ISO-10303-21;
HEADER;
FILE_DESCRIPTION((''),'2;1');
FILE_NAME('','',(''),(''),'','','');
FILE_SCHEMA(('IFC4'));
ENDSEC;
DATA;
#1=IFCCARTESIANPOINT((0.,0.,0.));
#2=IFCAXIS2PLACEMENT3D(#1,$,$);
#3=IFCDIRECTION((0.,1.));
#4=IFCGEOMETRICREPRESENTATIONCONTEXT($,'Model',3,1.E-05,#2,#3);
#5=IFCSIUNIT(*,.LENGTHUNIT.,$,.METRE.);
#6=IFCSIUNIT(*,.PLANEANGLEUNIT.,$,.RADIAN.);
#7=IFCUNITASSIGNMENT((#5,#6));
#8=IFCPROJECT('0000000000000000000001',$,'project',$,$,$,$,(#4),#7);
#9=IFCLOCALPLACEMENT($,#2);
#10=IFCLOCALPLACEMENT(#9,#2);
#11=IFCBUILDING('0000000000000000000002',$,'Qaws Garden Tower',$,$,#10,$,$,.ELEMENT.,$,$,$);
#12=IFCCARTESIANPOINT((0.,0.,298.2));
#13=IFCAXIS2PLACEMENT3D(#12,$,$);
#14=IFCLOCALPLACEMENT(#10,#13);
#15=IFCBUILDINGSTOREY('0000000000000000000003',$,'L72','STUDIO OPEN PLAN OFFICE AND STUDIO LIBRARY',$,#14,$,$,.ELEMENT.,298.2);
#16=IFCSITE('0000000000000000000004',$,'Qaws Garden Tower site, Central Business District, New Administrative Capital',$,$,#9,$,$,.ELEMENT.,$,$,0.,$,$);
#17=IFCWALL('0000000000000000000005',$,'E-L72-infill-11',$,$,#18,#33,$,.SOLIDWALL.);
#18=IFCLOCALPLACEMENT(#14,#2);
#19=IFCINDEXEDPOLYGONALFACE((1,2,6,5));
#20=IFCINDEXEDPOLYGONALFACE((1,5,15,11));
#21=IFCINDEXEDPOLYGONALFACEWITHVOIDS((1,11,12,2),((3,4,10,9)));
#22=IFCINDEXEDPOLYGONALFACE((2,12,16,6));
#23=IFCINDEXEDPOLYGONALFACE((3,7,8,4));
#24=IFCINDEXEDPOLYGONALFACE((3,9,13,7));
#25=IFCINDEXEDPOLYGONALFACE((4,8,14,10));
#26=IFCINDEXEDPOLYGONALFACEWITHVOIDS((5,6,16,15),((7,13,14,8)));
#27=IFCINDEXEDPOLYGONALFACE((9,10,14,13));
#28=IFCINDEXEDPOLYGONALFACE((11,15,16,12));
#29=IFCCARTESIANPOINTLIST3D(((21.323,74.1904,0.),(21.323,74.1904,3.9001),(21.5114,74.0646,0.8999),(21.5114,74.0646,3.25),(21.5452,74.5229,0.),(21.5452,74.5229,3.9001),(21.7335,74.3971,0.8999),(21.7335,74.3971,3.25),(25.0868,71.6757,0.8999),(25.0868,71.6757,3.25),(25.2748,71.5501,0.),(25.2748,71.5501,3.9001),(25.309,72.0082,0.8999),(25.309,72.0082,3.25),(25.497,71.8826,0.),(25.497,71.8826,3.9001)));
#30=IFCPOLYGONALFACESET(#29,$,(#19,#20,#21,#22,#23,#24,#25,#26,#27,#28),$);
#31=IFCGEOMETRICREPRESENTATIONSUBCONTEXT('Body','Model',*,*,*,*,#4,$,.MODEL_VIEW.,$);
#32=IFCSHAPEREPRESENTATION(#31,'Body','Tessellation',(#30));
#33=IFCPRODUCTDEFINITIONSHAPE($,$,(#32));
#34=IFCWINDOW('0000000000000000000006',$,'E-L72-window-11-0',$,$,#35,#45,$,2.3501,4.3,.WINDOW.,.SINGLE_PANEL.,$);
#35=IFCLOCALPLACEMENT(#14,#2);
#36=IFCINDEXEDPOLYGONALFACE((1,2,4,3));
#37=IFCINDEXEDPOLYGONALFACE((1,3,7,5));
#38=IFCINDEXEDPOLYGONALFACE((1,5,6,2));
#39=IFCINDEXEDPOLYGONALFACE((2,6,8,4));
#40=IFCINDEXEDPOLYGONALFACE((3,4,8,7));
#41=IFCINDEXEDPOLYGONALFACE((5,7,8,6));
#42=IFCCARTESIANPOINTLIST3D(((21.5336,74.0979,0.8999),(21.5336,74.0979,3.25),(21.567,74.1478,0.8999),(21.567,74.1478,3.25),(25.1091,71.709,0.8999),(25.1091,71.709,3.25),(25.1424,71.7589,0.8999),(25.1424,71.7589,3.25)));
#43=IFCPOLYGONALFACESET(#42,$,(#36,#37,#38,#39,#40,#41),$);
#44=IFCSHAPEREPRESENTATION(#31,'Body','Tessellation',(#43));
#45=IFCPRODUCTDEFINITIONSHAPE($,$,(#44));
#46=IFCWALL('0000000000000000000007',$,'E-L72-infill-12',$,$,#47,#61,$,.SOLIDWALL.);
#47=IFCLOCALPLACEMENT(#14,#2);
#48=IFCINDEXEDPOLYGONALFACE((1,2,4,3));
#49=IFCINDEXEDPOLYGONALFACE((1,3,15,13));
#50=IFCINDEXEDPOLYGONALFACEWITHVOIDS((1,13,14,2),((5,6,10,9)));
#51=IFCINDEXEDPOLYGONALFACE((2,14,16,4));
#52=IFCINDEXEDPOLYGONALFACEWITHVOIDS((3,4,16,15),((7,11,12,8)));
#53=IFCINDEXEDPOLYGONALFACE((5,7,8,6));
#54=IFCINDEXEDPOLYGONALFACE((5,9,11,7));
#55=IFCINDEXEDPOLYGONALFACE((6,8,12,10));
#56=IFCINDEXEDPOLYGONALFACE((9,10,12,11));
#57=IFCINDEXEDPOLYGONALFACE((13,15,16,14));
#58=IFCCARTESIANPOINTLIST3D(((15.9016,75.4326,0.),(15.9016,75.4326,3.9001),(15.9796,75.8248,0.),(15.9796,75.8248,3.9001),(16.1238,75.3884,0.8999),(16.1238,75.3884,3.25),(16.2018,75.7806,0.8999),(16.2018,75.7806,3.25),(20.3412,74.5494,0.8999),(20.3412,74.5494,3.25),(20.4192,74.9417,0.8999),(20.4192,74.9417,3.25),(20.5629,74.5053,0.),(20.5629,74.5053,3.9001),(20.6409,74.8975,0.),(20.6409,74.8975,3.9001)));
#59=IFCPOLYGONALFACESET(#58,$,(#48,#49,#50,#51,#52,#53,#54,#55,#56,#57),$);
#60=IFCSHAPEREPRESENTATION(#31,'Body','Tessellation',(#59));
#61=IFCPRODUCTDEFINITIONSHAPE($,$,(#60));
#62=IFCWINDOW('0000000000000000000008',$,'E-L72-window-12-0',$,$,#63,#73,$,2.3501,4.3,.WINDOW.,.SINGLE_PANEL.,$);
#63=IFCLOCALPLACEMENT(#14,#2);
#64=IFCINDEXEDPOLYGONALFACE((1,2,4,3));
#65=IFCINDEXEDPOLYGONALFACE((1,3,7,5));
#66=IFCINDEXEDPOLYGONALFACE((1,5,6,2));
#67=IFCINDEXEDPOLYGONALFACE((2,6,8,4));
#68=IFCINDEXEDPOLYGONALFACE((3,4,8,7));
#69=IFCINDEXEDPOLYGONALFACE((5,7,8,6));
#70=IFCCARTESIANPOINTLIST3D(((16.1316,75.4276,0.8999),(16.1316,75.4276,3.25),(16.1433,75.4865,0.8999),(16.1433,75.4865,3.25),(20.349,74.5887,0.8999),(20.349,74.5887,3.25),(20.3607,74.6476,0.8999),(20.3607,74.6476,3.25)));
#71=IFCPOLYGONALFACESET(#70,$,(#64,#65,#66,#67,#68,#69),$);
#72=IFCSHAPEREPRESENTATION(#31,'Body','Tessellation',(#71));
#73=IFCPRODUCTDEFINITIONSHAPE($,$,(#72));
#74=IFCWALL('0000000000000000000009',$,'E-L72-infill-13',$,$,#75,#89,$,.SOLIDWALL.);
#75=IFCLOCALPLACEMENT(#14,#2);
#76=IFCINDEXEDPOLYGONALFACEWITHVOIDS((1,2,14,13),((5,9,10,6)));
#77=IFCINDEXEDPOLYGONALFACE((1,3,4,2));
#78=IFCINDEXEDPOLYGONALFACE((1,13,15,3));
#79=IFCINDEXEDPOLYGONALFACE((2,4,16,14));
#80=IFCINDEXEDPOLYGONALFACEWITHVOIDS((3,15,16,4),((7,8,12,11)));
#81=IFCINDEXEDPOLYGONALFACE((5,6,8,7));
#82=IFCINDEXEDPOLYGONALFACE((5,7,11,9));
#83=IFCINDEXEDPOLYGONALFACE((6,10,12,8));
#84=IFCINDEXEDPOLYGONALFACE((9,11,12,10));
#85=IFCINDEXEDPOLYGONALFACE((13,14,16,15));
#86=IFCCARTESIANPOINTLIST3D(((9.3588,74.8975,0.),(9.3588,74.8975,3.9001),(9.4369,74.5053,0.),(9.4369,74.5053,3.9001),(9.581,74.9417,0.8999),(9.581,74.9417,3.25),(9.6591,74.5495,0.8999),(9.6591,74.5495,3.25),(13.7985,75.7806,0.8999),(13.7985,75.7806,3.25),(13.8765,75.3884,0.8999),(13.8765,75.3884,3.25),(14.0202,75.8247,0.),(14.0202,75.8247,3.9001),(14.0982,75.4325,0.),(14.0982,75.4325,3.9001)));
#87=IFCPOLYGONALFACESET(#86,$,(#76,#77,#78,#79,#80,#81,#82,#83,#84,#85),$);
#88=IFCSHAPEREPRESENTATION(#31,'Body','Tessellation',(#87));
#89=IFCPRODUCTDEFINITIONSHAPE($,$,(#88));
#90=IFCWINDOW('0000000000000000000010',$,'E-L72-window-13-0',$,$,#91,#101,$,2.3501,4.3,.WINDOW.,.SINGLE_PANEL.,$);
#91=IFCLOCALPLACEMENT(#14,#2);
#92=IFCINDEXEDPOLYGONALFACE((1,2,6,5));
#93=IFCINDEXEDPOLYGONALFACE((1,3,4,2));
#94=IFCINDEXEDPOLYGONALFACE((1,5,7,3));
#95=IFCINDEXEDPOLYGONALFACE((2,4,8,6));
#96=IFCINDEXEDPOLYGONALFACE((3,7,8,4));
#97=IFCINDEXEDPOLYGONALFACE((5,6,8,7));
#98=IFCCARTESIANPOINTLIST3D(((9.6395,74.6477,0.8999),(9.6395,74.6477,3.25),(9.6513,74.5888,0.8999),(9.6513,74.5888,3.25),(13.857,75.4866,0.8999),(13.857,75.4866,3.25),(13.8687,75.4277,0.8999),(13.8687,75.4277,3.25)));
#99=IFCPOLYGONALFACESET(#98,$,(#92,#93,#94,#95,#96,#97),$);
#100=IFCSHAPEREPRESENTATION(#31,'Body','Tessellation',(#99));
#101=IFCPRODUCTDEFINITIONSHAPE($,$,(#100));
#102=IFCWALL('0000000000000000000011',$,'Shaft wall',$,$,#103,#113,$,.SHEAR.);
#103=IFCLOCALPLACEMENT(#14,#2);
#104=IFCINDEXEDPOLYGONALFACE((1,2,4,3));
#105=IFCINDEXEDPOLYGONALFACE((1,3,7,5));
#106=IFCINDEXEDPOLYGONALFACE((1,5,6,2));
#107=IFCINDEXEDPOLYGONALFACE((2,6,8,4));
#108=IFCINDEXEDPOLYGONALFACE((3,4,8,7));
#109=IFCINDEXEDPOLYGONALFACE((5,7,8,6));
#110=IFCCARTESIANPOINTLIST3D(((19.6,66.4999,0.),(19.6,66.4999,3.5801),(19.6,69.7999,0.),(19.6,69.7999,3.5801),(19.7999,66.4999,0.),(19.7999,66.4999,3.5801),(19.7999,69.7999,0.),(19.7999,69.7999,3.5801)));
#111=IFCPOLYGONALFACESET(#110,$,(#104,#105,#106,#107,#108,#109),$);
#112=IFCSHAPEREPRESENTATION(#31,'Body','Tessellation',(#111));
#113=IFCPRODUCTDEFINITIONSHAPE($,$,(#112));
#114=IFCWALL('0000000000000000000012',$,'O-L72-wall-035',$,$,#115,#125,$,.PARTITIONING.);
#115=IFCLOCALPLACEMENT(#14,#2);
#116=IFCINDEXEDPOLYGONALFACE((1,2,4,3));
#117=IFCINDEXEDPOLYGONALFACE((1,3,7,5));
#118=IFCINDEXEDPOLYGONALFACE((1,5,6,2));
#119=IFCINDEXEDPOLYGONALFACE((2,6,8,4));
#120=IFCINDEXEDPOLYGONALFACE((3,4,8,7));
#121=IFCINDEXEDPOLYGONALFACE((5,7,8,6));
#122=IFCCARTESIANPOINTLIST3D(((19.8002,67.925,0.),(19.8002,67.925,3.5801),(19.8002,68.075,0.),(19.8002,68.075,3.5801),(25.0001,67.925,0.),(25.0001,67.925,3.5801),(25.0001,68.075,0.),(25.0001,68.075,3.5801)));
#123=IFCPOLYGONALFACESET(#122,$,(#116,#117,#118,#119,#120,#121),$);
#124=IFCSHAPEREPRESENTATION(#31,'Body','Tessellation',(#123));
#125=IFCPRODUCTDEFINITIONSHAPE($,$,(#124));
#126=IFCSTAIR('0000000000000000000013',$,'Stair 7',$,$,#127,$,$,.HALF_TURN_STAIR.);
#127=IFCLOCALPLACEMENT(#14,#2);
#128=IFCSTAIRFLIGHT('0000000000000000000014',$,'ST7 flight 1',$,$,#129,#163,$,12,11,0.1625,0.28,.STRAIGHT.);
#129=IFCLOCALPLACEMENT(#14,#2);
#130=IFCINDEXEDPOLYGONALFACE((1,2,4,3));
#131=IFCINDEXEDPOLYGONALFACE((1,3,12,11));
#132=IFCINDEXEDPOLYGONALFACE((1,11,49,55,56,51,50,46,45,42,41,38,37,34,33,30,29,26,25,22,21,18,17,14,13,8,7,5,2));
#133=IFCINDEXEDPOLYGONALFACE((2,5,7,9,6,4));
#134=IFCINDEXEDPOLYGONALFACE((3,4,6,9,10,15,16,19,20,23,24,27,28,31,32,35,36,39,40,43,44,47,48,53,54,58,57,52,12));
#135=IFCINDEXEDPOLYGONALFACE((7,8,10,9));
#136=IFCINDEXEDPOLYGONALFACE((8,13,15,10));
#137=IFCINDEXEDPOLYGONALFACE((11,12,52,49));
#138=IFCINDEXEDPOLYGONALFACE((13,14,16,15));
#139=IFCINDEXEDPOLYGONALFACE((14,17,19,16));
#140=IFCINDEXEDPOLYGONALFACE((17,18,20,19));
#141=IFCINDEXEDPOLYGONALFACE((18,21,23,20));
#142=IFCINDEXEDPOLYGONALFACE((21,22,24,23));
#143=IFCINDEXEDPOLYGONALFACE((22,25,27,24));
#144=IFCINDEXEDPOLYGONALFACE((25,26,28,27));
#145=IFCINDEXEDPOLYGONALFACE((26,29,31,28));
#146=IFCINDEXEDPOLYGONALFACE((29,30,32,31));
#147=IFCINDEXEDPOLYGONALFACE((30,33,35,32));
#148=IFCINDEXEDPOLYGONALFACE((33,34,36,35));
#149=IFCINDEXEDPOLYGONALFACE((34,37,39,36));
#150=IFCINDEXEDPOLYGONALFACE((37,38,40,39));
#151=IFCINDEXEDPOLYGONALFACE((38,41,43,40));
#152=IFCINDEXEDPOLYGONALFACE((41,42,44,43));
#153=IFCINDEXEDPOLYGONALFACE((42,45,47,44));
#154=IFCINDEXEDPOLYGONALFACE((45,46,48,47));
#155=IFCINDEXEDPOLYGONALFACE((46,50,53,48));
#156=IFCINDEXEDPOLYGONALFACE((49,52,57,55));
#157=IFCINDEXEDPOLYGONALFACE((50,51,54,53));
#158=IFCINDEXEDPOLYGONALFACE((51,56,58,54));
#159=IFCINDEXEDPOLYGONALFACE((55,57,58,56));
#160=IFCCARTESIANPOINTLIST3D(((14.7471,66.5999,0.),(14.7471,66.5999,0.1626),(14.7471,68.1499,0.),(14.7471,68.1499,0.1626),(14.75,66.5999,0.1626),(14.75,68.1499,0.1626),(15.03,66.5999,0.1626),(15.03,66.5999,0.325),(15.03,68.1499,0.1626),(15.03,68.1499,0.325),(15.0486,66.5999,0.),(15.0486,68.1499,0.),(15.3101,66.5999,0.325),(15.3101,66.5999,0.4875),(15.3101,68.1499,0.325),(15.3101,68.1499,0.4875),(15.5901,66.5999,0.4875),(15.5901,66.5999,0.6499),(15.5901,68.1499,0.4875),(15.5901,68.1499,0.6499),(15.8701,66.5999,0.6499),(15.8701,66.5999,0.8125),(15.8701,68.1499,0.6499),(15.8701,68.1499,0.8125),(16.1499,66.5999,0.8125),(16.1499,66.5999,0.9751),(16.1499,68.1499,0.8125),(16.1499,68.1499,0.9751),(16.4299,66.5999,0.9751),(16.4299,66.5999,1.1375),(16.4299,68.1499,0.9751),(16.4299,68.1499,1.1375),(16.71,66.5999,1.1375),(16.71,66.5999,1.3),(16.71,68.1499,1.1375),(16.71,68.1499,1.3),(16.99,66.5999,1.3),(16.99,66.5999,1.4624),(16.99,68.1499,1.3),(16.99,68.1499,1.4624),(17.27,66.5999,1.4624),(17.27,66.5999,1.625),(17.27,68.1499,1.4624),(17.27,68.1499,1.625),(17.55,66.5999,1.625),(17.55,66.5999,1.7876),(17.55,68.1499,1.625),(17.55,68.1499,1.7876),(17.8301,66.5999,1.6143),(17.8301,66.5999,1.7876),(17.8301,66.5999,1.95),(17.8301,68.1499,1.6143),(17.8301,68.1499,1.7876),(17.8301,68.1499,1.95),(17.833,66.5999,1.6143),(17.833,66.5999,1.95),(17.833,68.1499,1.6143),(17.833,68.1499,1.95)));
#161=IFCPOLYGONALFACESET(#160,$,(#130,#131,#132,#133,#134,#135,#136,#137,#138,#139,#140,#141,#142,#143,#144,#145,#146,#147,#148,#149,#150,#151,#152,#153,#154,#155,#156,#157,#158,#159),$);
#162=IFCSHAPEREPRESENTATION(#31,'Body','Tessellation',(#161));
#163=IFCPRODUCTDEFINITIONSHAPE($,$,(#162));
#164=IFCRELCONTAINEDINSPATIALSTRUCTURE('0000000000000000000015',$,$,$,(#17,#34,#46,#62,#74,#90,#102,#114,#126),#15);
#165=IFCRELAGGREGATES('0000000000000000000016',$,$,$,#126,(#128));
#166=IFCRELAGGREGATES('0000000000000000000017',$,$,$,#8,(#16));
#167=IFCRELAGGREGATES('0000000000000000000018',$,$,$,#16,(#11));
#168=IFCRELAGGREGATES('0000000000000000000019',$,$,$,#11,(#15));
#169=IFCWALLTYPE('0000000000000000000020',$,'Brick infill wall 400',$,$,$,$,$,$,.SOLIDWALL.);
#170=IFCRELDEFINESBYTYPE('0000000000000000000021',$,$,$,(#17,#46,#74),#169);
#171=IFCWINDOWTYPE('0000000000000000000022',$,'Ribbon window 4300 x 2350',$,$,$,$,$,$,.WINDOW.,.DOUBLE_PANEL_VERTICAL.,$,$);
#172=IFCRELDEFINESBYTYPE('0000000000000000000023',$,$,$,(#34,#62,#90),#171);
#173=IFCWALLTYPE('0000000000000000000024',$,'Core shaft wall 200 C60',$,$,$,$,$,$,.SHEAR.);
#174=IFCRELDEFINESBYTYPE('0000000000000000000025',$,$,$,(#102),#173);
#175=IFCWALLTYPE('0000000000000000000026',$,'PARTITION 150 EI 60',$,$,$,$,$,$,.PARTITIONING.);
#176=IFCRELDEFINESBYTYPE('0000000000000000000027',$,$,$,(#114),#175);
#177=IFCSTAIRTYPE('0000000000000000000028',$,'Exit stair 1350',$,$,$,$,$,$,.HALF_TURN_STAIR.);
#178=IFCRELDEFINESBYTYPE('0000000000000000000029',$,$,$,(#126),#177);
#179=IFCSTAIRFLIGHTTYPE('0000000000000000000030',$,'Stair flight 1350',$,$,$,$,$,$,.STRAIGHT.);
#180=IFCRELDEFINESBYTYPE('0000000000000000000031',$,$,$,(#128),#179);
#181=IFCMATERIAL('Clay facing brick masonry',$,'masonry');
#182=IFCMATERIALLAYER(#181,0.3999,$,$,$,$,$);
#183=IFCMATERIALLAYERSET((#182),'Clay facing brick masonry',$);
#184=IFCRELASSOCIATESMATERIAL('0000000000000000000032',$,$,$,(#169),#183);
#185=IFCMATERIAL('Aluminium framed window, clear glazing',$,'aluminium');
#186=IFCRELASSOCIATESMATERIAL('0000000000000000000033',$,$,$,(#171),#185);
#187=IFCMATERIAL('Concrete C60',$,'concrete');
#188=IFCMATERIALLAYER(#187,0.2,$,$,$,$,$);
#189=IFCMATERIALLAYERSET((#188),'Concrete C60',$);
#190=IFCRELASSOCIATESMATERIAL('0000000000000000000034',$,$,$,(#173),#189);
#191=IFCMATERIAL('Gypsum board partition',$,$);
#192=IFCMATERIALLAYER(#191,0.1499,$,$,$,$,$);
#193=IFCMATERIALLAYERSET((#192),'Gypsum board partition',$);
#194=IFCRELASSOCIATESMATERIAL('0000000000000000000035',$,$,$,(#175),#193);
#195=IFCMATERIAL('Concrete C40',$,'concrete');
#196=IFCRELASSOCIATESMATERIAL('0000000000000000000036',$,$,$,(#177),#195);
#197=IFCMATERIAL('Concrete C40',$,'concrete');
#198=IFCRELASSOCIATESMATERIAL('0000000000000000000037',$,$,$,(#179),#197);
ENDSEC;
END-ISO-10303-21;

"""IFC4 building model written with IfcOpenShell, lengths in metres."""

from ifc_helpers import new_model, si_unit, direction, frame, frame_2d, origin, place, context, subcontext, project, spatial, polyline, rectangle, outline, extrude, material, layer, layer_set, type_object, element, fill, aggregate, save


model = new_model("IFC4")

# Units and contexts
model_context = context("Model", 3, precision=1e-05, world=origin(), true_north=direction((0.0, 1.0)))
body_context = subcontext(model_context, "Body", "Model", "MODEL_VIEW")
ifc_project = project(units=[si_unit("LENGTHUNIT", "METRE"), si_unit("PLANEANGLEUNIT", "RADIAN")], contexts=[model_context])

# Site, building, storey
site_placement = place(None, origin())
site = spatial("IfcSite", under=ifc_project, at=site_placement, Name="Qaws Garden Tower site, Central Business District, New Administrative Capital", CompositionType="ELEMENT", RefElevation=0.0)
building_placement = place(site_placement, origin())
building = spatial("IfcBuilding", under=site, at=building_placement, Name="Qaws Garden Tower", CompositionType="ELEMENT")
storey_placement = place(building_placement, frame((0.0, 0.0, 298.2)))
storey = spatial("IfcBuildingStorey", under=building, at=storey_placement, Name="L72", Description="STUDIO OPEN PLAN OFFICE AND STUDIO LIBRARY", CompositionType="ELEMENT", Elevation=298.2)

# Walls, openings, windows
ifc_material_1 = material(Name="Clay facing brick masonry", Category="masonry")
ifc_layer_1 = layer(ifc_material_1, 0.3999)
ifc_layer_set_1 = layer_set([ifc_layer_1], Name="Clay facing brick masonry")
wall_type_1 = type_object("IfcWallType", Name="Brick infill wall 400", PredefinedType="SOLIDWALL", material=ifc_layer_set_1)
ifc_material_2 = material(Name="Aluminium framed window, clear glazing", Category="aluminium")
window_type = type_object("IfcWindowType", Name="Ribbon window 4300 x 2350", PartitioningType="DOUBLE_PANEL_VERTICAL", PredefinedType="WINDOW", material=ifc_material_2)
wall_1_placement = place(storey_placement, frame((25.386, 71.7163, 0.0), z_axis=(0.0, 0.0, 1.0), x_axis=(-0.831489, 0.555542, 0.0)))
wall_1 = element("IfcWall", 1, at=wall_1_placement, inside=storey, type_object=wall_type_1, Name="E-L72-infill-11", PredefinedType="SOLIDWALL", context=body_context, shape_type="SweptSolid", body=[
    extrude(rectangle(XDim=4.7527, YDim=0.3999, at=frame_2d((2.3765, 0.0))), origin(), (0.0, 0.0, 1.0), 3.9001),
])
opening_1_placement = place(wall_1_placement, frame((0.2263, 0.0, 0.8999)))
opening_1 = element("IfcOpeningElement", 2, at=opening_1_placement, cuts=wall_1, PredefinedType="OPENING", context=body_context, shape_type="SweptSolid", body=[
    extrude(rectangle(XDim=4.3, YDim=2.3501, at=frame_2d((2.1499, 1.175))), frame((0.0, 0.21, 0.0), z_axis=(0.0, -1.0, 0.0), x_axis=(1.0, 0.0, 0.0)), (0.0, 0.0, 1.0), 0.4199),
])
window_1_placement = place(opening_1_placement, origin())
window_1 = element("IfcWindow", 3, at=window_1_placement, inside=storey, type_object=window_type, Name="E-L72-window-11-0", OverallHeight=2.3501, OverallWidth=4.3, PartitioningType="SINGLE_PANEL", PredefinedType="WINDOW", context=body_context, shape_type="SweptSolid", body=[
    extrude(rectangle(XDim=4.3, YDim=2.3501, at=frame_2d((2.1499, 1.175))), frame((0.0, 0.1599, 0.0), z_axis=(0.0, -1.0, 0.0), x_axis=(1.0, 0.0, 0.0)), (0.0, 0.0, 1.0), 0.0601),
])
fill(opening_1, window_1)
wall_2_placement = place(storey_placement, frame((20.6021, 74.7014, 0.0), z_axis=(0.0, 0.0, 1.0), x_axis=(-0.980784, 0.195099, 0.0)))
wall_2 = element("IfcWall", 4, at=wall_2_placement, inside=storey, type_object=wall_type_1, Name="E-L72-infill-12", PredefinedType="SOLIDWALL", context=body_context, shape_type="SweptSolid", body=[
    extrude(rectangle(XDim=4.7527, YDim=0.3999, at=frame_2d((2.3765, 0.0))), origin(), (0.0, 0.0, 1.0), 3.9001),
])
opening_2_placement = place(wall_2_placement, frame((0.2263, 0.0, 0.8999)))
opening_2 = element("IfcOpeningElement", 5, at=opening_2_placement, cuts=wall_2, PredefinedType="OPENING", context=body_context, shape_type="SweptSolid", body=[
    extrude(rectangle(XDim=4.3, YDim=2.3501, at=frame_2d((2.1499, 1.175))), frame((0.0, 0.21, 0.0), z_axis=(0.0, -1.0, 0.0), x_axis=(1.0, 0.0, 0.0)), (0.0, 0.0, 1.0), 0.4199),
])
window_2_placement = place(opening_2_placement, origin())
window_2 = element("IfcWindow", 6, at=window_2_placement, inside=storey, type_object=window_type, Name="E-L72-window-12-0", OverallHeight=2.3501, OverallWidth=4.3, PartitioningType="SINGLE_PANEL", PredefinedType="WINDOW", context=body_context, shape_type="SweptSolid", body=[
    extrude(rectangle(XDim=4.3, YDim=2.3501, at=frame_2d((2.1499, 1.175))), frame((0.0, 0.1599, 0.0), z_axis=(0.0, -1.0, 0.0), x_axis=(1.0, 0.0, 0.0)), (0.0, 0.0, 1.0), 0.0601),
])
fill(opening_2, window_2)
wall_3_placement = place(storey_placement, frame((14.0593, 75.6287, 0.0), z_axis=(0.0, 0.0, 1.0), x_axis=(-0.980784, -0.195099, 0.0)))
wall_3 = element("IfcWall", 7, at=wall_3_placement, inside=storey, type_object=wall_type_1, Name="E-L72-infill-13", PredefinedType="SOLIDWALL", context=body_context, shape_type="SweptSolid", body=[
    extrude(rectangle(XDim=4.7527, YDim=0.3999, at=frame_2d((2.3765, 0.0))), origin(), (0.0, 0.0, 1.0), 3.9001),
])
opening_3_placement = place(wall_3_placement, frame((0.2263, 0.0, 0.8999)))
opening_3 = element("IfcOpeningElement", 8, at=opening_3_placement, cuts=wall_3, PredefinedType="OPENING", context=body_context, shape_type="SweptSolid", body=[
    extrude(rectangle(XDim=4.3, YDim=2.3501, at=frame_2d((2.1499, 1.175))), frame((0.0, 0.21, 0.0), z_axis=(0.0, -1.0, 0.0), x_axis=(1.0, 0.0, 0.0)), (0.0, 0.0, 1.0), 0.4199),
])
window_3_placement = place(opening_3_placement, origin())
window_3 = element("IfcWindow", 9, at=window_3_placement, inside=storey, type_object=window_type, Name="E-L72-window-13-0", OverallHeight=2.3501, OverallWidth=4.3, PartitioningType="SINGLE_PANEL", PredefinedType="WINDOW", context=body_context, shape_type="SweptSolid", body=[
    extrude(rectangle(XDim=4.3, YDim=2.3501, at=frame_2d((2.1499, 1.175))), frame((0.0, 0.1599, 0.0), z_axis=(0.0, -1.0, 0.0), x_axis=(1.0, 0.0, 0.0)), (0.0, 0.0, 1.0), 0.0601),
])
fill(opening_3, window_3)

# Walls
ifc_material_3 = material(Name="Concrete C60", Category="concrete")
ifc_layer_2 = layer(ifc_material_3, 0.2)
ifc_layer_set_2 = layer_set([ifc_layer_2], Name="Concrete C60")
wall_type_2 = type_object("IfcWallType", Name="Core shaft wall 200 C60", PredefinedType="SHEAR", material=ifc_layer_set_2)
wall_4_placement = place(storey_placement, frame((19.7, 66.5, 0.0), z_axis=(0.0, 0.0, 1.0), x_axis=(0.0, 1.0, 0.0)))
element("IfcWall", 10, at=wall_4_placement, inside=storey, type_object=wall_type_2, Name="Shaft wall", PredefinedType="SHEAR", context=body_context, shape_type="SweptSolid", body=[
    extrude(rectangle(XDim=3.3, YDim=0.2, at=frame_2d((1.6499, 0.0))), origin(), (0.0, 0.0, 1.0), 3.5801),
])
ifc_material_4 = material(Name="Gypsum board partition")
ifc_layer_3 = layer(ifc_material_4, 0.1499)
ifc_layer_set_3 = layer_set([ifc_layer_3], Name="Gypsum board partition")
wall_type_3 = type_object("IfcWallType", Name="PARTITION 150 EI 60", PredefinedType="PARTITIONING", material=ifc_layer_set_3)
wall_5_placement = place(storey_placement, frame((19.8, 68.0, 0.0), z_axis=(0.0, 0.0, 1.0), x_axis=(1.0, 0.0, 0.0)))
element("IfcWall", 11, at=wall_5_placement, inside=storey, type_object=wall_type_3, Name="O-L72-wall-035", PredefinedType="PARTITIONING", context=body_context, shape_type="SweptSolid", body=[
    extrude(rectangle(XDim=5.2, YDim=0.1499, at=frame_2d((2.6001, 0.0))), origin(), (0.0, 0.0, 1.0), 3.5801),
])

# Stair, stair flight
ifc_material_5 = material(Name="Concrete C40", Category="concrete")
stair_type = type_object("IfcStairType", Name="Exit stair 1350", PredefinedType="HALF_TURN_STAIR", material=ifc_material_5)
stair_placement = place(storey_placement, origin())
stair = element("IfcStair", 12, at=stair_placement, inside=storey, type_object=stair_type, Name="Stair 7", PredefinedType="HALF_TURN_STAIR")
ifc_material_6 = material(Name="Concrete C40", Category="concrete")
stair_flight_type = type_object("IfcStairFlightType", Name="Stair flight 1350", PredefinedType="STRAIGHT", material=ifc_material_6)
stair_flight_1_placement = place(storey_placement, frame((14.75, 67.375, 0.0), z_axis=(0.0, 0.0, 1.0), x_axis=(1.0, 0.0, 0.0)))
stair_flight_1 = element("IfcStairFlight", 13, at=stair_flight_1_placement, type_object=stair_flight_type, Name="ST7 flight 1", NumberOfRisers=12, NumberOfTreads=11, PredefinedType="STRAIGHT", RiserHeight=0.1625, TreadLength=0.28, context=body_context, shape_type="SweptSolid", body=[
    extrude(outline(polyline([(-0.0029, 0.0), (-0.0029, 0.1626), (0.0, 0.1626), (0.28, 0.1626), (0.28, 0.325), (0.5601, 0.325), (0.5601, 0.4875), (0.8401, 0.4875), (0.8401, 0.6499), (1.1201, 0.6499), (1.1201, 0.8125), (1.3999, 0.8125), (1.3999, 0.9751), (1.6799, 0.9751), (1.6799, 1.1375), (1.96, 1.1375), (1.96, 1.3), (2.24, 1.3), (2.24, 1.4624), (2.52, 1.4624), (2.52, 1.625), (2.8, 1.625), (2.8, 1.7876), (3.0801, 1.7876), (3.0801, 1.95), (3.083, 1.95), (3.083, 1.6143), (3.0801, 1.6143), (0.2986, 0.0), (-0.0029, 0.0)])), frame((0.0, 0.7749, 0.0), z_axis=(0.0, -1.0, 0.0), x_axis=(1.0, 0.0, 0.0)), (0.0, 0.0, 1.0), 1.55),
])
aggregate(stair, [stair_flight_1])

save(model, "model.ifc")
